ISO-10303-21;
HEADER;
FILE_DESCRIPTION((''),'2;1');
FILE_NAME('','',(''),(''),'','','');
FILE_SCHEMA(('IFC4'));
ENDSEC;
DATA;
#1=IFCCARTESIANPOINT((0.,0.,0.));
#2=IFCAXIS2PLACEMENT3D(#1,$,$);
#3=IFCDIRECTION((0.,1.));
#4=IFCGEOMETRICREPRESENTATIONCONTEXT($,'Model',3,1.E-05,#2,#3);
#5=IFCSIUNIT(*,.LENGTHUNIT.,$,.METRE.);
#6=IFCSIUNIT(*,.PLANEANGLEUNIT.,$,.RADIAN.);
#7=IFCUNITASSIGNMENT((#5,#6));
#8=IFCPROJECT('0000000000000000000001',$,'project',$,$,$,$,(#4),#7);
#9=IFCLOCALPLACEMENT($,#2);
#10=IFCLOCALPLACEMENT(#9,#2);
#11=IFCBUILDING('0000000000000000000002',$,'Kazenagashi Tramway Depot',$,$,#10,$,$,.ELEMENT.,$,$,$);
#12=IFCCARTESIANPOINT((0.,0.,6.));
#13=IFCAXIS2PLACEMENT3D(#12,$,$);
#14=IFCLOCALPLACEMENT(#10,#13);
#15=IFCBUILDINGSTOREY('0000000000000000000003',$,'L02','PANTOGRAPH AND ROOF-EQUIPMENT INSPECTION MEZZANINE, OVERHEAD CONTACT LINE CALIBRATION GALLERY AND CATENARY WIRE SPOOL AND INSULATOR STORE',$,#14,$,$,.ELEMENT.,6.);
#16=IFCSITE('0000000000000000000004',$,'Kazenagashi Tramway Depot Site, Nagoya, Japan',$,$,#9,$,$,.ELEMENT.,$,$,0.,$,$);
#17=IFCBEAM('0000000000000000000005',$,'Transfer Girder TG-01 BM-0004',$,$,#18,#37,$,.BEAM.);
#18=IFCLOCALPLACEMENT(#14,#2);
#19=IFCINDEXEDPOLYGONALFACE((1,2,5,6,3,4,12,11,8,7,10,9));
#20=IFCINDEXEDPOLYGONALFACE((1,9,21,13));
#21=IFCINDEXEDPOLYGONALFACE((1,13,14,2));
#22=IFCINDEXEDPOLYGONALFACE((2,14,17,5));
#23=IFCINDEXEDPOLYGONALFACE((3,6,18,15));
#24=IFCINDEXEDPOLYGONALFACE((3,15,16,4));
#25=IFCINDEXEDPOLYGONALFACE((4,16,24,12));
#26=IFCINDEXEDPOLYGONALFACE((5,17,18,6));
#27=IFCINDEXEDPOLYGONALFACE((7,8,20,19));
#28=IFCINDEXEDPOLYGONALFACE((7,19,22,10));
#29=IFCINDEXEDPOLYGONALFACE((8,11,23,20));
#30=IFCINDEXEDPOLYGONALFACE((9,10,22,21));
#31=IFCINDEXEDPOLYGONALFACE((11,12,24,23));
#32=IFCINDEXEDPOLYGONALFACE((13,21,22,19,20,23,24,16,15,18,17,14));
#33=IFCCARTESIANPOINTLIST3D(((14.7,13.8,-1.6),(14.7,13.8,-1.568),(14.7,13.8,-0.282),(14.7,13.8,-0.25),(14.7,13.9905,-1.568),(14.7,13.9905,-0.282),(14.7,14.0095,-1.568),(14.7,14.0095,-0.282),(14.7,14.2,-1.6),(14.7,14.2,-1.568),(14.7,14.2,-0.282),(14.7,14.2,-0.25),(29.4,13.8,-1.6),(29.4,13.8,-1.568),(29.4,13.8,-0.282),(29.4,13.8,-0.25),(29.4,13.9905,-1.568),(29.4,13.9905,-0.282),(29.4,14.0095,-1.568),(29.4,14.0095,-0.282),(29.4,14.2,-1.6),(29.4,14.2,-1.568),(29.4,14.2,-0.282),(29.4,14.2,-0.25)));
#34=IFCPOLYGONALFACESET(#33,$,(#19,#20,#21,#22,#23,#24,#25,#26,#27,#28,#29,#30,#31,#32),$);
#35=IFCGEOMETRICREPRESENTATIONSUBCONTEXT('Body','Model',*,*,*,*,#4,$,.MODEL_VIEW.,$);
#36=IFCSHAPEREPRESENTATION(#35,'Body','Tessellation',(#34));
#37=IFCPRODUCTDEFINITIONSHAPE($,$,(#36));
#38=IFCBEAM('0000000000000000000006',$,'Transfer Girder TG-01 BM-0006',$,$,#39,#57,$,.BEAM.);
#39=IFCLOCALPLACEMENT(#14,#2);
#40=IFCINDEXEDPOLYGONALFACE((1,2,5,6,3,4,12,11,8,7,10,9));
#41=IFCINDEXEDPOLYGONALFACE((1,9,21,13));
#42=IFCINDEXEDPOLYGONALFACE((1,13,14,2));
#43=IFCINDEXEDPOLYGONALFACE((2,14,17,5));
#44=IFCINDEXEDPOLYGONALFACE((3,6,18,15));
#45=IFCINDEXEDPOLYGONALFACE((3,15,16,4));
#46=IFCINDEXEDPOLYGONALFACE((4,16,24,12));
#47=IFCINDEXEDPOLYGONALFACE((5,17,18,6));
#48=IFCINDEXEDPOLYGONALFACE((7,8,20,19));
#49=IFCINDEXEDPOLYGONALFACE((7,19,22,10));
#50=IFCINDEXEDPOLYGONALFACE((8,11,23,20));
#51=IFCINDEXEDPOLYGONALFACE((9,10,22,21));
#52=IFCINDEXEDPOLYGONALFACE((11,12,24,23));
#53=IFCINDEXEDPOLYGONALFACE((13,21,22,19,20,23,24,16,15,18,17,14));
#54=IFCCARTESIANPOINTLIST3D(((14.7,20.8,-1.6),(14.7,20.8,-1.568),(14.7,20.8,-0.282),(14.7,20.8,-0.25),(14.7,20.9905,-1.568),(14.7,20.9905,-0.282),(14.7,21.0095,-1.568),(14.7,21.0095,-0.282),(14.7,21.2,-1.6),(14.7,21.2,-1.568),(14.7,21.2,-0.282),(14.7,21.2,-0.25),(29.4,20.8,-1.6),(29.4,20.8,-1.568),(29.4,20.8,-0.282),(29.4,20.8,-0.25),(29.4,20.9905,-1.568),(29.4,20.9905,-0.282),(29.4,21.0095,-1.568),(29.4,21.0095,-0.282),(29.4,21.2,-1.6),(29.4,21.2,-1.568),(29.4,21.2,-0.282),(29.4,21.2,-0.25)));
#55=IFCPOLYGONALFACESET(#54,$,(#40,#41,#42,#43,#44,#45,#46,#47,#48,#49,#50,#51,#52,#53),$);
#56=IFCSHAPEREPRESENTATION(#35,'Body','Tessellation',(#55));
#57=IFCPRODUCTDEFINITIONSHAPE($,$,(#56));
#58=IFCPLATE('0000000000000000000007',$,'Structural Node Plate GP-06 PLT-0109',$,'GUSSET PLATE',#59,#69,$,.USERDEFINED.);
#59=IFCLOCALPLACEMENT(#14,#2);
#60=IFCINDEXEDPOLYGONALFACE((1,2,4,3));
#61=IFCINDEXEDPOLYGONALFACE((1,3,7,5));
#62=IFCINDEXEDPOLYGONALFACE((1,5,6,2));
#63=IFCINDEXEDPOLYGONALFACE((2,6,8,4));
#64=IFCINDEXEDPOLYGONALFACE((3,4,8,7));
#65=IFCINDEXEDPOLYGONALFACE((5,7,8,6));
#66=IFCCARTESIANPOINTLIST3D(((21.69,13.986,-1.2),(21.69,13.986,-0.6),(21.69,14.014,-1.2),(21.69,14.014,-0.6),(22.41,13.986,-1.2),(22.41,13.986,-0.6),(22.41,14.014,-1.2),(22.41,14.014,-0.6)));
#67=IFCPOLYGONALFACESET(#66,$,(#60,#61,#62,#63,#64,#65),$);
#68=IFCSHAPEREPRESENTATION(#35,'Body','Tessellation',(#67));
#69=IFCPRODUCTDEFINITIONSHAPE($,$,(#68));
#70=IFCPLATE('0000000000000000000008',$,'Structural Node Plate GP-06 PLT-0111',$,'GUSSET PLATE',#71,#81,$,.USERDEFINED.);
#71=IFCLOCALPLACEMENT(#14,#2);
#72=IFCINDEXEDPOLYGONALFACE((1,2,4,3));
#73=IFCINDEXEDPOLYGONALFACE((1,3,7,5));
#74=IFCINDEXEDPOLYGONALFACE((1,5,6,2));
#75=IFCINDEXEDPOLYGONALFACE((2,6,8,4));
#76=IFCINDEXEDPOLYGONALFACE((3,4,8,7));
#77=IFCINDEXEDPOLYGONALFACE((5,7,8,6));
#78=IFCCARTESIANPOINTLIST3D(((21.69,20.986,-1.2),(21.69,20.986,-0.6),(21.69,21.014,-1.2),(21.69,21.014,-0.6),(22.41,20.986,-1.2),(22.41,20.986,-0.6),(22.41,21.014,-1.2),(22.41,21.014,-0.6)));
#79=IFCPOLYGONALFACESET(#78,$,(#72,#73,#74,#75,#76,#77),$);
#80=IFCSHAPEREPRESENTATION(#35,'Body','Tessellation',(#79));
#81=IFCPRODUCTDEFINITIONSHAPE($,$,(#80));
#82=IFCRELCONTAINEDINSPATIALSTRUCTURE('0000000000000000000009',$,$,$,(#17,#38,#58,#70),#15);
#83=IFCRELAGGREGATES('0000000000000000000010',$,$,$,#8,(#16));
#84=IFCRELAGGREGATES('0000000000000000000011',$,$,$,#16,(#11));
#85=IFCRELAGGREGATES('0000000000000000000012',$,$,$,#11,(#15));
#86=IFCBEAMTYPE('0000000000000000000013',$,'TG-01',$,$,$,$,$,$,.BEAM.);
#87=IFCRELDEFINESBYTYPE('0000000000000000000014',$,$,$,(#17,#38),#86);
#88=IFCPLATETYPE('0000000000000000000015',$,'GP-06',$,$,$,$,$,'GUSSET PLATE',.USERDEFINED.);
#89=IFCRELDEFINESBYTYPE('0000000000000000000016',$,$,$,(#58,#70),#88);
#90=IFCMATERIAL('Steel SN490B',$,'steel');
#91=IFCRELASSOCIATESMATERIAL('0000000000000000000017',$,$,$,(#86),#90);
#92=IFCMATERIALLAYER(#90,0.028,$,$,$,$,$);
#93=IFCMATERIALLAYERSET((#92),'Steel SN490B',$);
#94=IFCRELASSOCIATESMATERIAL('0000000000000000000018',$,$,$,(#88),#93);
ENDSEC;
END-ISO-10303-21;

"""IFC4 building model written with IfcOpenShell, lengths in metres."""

from ifc_helpers import new_model, si_unit, direction, frame, origin, origin_2d, place, context, subcontext, project, spatial, rectangle, i_section, extrude, material, layer, layer_set, material_profile, profile_set, type_object, element, save


model = new_model("IFC4")

# Units and contexts
model_context = context("Model", 3, precision=1e-05, world=origin(), true_north=direction((0.0, 1.0)))
body_context = subcontext(model_context, "Body", "Model", "MODEL_VIEW")
ifc_project = project(units=[si_unit("LENGTHUNIT", "METRE"), si_unit("PLANEANGLEUNIT", "RADIAN")], contexts=[model_context])

# Site, building, storey
site_placement = place(None, origin())
site = spatial("IfcSite", under=ifc_project, at=site_placement, Name="Kazenagashi Tramway Depot Site, Nagoya, Japan", CompositionType="ELEMENT", RefElevation=0.0)
building_placement = place(site_placement, origin())
building = spatial("IfcBuilding", under=site, at=building_placement, Name="Kazenagashi Tramway Depot", CompositionType="ELEMENT")
storey_placement = place(building_placement, frame((0.0, 0.0, 6.0)))
storey = spatial("IfcBuildingStorey", under=building, at=storey_placement, Name="L02", Description="PANTOGRAPH AND ROOF-EQUIPMENT INSPECTION MEZZANINE, OVERHEAD CONTACT LINE CALIBRATION GALLERY AND CATENARY WIRE SPOOL AND INSULATOR STORE", CompositionType="ELEMENT", Elevation=6.0)

# Shared definitions
ifc_material_1 = material(Name="Steel SN490B", Category="steel")

# Beams
ifc_material_profile_1 = material_profile(ifc_material_1, i_section(OverallWidth=0.4, OverallDepth=1.35, WebThickness=0.019, FlangeThickness=0.032, at=origin_2d()), Name="BH-1350x400x19x32")
ifc_profile_set_1 = profile_set([ifc_material_profile_1], Name="Steel SN490B")
beam_type_1 = type_object("IfcBeamType", Name="TG-01", PredefinedType="BEAM", material=ifc_profile_set_1)
for number, where, z_axis, x_axis, name in (
    (1, (14.7, 14.0, -0.925), (1.0, 0.0, 0.0), (0.0, 1.0, 0.0), "Transfer Girder TG-01 BM-0004"),
    (2, (14.7, 21.0, -0.925), (1.0, 0.0, 0.0), (0.0, 1.0, 0.0), "Transfer Girder TG-01 BM-0006"),
):
    element("IfcBeam", number, at=place(storey_placement, frame(where, z_axis=z_axis, x_axis=x_axis)), inside=storey, type_object=beam_type_1, Name=name, PredefinedType="BEAM", context=body_context, shape_type="SweptSolid", body=[
        extrude(i_section(OverallWidth=0.4, OverallDepth=1.35, WebThickness=0.019, FlangeThickness=0.032, at=origin_2d()), origin(), (0.0, 0.0, 1.0), 14.7),
    ])

# Plates
ifc_layer = layer(ifc_material_1, 0.028)
ifc_layer_set = layer_set([ifc_layer], Name="Steel SN490B")
plate_type = type_object("IfcPlateType", Name="GP-06", ElementType="GUSSET PLATE", PredefinedType="USERDEFINED", material=ifc_layer_set)
for number, where, z_axis, x_axis, name in (
    (3, (22.05, 14.0, -1.2), (0.0, 0.0, 1.0), (1.0, 0.0, 0.0), "Structural Node Plate GP-06 PLT-0109"),
    (4, (22.05, 21.0, -1.2), (0.0, 0.0, 1.0), (1.0, 0.0, 0.0), "Structural Node Plate GP-06 PLT-0111"),
):
    element("IfcPlate", number, at=place(storey_placement, frame(where, z_axis=z_axis, x_axis=x_axis)), inside=storey, type_object=plate_type, Name=name, ObjectType="GUSSET PLATE", PredefinedType="USERDEFINED", context=body_context, shape_type="SweptSolid", body=[
        extrude(rectangle(XDim=0.72, YDim=0.028, at=origin_2d()), origin(), (0.0, 0.0, 1.0), 0.6),
    ])

save(model, "model.ifc")
